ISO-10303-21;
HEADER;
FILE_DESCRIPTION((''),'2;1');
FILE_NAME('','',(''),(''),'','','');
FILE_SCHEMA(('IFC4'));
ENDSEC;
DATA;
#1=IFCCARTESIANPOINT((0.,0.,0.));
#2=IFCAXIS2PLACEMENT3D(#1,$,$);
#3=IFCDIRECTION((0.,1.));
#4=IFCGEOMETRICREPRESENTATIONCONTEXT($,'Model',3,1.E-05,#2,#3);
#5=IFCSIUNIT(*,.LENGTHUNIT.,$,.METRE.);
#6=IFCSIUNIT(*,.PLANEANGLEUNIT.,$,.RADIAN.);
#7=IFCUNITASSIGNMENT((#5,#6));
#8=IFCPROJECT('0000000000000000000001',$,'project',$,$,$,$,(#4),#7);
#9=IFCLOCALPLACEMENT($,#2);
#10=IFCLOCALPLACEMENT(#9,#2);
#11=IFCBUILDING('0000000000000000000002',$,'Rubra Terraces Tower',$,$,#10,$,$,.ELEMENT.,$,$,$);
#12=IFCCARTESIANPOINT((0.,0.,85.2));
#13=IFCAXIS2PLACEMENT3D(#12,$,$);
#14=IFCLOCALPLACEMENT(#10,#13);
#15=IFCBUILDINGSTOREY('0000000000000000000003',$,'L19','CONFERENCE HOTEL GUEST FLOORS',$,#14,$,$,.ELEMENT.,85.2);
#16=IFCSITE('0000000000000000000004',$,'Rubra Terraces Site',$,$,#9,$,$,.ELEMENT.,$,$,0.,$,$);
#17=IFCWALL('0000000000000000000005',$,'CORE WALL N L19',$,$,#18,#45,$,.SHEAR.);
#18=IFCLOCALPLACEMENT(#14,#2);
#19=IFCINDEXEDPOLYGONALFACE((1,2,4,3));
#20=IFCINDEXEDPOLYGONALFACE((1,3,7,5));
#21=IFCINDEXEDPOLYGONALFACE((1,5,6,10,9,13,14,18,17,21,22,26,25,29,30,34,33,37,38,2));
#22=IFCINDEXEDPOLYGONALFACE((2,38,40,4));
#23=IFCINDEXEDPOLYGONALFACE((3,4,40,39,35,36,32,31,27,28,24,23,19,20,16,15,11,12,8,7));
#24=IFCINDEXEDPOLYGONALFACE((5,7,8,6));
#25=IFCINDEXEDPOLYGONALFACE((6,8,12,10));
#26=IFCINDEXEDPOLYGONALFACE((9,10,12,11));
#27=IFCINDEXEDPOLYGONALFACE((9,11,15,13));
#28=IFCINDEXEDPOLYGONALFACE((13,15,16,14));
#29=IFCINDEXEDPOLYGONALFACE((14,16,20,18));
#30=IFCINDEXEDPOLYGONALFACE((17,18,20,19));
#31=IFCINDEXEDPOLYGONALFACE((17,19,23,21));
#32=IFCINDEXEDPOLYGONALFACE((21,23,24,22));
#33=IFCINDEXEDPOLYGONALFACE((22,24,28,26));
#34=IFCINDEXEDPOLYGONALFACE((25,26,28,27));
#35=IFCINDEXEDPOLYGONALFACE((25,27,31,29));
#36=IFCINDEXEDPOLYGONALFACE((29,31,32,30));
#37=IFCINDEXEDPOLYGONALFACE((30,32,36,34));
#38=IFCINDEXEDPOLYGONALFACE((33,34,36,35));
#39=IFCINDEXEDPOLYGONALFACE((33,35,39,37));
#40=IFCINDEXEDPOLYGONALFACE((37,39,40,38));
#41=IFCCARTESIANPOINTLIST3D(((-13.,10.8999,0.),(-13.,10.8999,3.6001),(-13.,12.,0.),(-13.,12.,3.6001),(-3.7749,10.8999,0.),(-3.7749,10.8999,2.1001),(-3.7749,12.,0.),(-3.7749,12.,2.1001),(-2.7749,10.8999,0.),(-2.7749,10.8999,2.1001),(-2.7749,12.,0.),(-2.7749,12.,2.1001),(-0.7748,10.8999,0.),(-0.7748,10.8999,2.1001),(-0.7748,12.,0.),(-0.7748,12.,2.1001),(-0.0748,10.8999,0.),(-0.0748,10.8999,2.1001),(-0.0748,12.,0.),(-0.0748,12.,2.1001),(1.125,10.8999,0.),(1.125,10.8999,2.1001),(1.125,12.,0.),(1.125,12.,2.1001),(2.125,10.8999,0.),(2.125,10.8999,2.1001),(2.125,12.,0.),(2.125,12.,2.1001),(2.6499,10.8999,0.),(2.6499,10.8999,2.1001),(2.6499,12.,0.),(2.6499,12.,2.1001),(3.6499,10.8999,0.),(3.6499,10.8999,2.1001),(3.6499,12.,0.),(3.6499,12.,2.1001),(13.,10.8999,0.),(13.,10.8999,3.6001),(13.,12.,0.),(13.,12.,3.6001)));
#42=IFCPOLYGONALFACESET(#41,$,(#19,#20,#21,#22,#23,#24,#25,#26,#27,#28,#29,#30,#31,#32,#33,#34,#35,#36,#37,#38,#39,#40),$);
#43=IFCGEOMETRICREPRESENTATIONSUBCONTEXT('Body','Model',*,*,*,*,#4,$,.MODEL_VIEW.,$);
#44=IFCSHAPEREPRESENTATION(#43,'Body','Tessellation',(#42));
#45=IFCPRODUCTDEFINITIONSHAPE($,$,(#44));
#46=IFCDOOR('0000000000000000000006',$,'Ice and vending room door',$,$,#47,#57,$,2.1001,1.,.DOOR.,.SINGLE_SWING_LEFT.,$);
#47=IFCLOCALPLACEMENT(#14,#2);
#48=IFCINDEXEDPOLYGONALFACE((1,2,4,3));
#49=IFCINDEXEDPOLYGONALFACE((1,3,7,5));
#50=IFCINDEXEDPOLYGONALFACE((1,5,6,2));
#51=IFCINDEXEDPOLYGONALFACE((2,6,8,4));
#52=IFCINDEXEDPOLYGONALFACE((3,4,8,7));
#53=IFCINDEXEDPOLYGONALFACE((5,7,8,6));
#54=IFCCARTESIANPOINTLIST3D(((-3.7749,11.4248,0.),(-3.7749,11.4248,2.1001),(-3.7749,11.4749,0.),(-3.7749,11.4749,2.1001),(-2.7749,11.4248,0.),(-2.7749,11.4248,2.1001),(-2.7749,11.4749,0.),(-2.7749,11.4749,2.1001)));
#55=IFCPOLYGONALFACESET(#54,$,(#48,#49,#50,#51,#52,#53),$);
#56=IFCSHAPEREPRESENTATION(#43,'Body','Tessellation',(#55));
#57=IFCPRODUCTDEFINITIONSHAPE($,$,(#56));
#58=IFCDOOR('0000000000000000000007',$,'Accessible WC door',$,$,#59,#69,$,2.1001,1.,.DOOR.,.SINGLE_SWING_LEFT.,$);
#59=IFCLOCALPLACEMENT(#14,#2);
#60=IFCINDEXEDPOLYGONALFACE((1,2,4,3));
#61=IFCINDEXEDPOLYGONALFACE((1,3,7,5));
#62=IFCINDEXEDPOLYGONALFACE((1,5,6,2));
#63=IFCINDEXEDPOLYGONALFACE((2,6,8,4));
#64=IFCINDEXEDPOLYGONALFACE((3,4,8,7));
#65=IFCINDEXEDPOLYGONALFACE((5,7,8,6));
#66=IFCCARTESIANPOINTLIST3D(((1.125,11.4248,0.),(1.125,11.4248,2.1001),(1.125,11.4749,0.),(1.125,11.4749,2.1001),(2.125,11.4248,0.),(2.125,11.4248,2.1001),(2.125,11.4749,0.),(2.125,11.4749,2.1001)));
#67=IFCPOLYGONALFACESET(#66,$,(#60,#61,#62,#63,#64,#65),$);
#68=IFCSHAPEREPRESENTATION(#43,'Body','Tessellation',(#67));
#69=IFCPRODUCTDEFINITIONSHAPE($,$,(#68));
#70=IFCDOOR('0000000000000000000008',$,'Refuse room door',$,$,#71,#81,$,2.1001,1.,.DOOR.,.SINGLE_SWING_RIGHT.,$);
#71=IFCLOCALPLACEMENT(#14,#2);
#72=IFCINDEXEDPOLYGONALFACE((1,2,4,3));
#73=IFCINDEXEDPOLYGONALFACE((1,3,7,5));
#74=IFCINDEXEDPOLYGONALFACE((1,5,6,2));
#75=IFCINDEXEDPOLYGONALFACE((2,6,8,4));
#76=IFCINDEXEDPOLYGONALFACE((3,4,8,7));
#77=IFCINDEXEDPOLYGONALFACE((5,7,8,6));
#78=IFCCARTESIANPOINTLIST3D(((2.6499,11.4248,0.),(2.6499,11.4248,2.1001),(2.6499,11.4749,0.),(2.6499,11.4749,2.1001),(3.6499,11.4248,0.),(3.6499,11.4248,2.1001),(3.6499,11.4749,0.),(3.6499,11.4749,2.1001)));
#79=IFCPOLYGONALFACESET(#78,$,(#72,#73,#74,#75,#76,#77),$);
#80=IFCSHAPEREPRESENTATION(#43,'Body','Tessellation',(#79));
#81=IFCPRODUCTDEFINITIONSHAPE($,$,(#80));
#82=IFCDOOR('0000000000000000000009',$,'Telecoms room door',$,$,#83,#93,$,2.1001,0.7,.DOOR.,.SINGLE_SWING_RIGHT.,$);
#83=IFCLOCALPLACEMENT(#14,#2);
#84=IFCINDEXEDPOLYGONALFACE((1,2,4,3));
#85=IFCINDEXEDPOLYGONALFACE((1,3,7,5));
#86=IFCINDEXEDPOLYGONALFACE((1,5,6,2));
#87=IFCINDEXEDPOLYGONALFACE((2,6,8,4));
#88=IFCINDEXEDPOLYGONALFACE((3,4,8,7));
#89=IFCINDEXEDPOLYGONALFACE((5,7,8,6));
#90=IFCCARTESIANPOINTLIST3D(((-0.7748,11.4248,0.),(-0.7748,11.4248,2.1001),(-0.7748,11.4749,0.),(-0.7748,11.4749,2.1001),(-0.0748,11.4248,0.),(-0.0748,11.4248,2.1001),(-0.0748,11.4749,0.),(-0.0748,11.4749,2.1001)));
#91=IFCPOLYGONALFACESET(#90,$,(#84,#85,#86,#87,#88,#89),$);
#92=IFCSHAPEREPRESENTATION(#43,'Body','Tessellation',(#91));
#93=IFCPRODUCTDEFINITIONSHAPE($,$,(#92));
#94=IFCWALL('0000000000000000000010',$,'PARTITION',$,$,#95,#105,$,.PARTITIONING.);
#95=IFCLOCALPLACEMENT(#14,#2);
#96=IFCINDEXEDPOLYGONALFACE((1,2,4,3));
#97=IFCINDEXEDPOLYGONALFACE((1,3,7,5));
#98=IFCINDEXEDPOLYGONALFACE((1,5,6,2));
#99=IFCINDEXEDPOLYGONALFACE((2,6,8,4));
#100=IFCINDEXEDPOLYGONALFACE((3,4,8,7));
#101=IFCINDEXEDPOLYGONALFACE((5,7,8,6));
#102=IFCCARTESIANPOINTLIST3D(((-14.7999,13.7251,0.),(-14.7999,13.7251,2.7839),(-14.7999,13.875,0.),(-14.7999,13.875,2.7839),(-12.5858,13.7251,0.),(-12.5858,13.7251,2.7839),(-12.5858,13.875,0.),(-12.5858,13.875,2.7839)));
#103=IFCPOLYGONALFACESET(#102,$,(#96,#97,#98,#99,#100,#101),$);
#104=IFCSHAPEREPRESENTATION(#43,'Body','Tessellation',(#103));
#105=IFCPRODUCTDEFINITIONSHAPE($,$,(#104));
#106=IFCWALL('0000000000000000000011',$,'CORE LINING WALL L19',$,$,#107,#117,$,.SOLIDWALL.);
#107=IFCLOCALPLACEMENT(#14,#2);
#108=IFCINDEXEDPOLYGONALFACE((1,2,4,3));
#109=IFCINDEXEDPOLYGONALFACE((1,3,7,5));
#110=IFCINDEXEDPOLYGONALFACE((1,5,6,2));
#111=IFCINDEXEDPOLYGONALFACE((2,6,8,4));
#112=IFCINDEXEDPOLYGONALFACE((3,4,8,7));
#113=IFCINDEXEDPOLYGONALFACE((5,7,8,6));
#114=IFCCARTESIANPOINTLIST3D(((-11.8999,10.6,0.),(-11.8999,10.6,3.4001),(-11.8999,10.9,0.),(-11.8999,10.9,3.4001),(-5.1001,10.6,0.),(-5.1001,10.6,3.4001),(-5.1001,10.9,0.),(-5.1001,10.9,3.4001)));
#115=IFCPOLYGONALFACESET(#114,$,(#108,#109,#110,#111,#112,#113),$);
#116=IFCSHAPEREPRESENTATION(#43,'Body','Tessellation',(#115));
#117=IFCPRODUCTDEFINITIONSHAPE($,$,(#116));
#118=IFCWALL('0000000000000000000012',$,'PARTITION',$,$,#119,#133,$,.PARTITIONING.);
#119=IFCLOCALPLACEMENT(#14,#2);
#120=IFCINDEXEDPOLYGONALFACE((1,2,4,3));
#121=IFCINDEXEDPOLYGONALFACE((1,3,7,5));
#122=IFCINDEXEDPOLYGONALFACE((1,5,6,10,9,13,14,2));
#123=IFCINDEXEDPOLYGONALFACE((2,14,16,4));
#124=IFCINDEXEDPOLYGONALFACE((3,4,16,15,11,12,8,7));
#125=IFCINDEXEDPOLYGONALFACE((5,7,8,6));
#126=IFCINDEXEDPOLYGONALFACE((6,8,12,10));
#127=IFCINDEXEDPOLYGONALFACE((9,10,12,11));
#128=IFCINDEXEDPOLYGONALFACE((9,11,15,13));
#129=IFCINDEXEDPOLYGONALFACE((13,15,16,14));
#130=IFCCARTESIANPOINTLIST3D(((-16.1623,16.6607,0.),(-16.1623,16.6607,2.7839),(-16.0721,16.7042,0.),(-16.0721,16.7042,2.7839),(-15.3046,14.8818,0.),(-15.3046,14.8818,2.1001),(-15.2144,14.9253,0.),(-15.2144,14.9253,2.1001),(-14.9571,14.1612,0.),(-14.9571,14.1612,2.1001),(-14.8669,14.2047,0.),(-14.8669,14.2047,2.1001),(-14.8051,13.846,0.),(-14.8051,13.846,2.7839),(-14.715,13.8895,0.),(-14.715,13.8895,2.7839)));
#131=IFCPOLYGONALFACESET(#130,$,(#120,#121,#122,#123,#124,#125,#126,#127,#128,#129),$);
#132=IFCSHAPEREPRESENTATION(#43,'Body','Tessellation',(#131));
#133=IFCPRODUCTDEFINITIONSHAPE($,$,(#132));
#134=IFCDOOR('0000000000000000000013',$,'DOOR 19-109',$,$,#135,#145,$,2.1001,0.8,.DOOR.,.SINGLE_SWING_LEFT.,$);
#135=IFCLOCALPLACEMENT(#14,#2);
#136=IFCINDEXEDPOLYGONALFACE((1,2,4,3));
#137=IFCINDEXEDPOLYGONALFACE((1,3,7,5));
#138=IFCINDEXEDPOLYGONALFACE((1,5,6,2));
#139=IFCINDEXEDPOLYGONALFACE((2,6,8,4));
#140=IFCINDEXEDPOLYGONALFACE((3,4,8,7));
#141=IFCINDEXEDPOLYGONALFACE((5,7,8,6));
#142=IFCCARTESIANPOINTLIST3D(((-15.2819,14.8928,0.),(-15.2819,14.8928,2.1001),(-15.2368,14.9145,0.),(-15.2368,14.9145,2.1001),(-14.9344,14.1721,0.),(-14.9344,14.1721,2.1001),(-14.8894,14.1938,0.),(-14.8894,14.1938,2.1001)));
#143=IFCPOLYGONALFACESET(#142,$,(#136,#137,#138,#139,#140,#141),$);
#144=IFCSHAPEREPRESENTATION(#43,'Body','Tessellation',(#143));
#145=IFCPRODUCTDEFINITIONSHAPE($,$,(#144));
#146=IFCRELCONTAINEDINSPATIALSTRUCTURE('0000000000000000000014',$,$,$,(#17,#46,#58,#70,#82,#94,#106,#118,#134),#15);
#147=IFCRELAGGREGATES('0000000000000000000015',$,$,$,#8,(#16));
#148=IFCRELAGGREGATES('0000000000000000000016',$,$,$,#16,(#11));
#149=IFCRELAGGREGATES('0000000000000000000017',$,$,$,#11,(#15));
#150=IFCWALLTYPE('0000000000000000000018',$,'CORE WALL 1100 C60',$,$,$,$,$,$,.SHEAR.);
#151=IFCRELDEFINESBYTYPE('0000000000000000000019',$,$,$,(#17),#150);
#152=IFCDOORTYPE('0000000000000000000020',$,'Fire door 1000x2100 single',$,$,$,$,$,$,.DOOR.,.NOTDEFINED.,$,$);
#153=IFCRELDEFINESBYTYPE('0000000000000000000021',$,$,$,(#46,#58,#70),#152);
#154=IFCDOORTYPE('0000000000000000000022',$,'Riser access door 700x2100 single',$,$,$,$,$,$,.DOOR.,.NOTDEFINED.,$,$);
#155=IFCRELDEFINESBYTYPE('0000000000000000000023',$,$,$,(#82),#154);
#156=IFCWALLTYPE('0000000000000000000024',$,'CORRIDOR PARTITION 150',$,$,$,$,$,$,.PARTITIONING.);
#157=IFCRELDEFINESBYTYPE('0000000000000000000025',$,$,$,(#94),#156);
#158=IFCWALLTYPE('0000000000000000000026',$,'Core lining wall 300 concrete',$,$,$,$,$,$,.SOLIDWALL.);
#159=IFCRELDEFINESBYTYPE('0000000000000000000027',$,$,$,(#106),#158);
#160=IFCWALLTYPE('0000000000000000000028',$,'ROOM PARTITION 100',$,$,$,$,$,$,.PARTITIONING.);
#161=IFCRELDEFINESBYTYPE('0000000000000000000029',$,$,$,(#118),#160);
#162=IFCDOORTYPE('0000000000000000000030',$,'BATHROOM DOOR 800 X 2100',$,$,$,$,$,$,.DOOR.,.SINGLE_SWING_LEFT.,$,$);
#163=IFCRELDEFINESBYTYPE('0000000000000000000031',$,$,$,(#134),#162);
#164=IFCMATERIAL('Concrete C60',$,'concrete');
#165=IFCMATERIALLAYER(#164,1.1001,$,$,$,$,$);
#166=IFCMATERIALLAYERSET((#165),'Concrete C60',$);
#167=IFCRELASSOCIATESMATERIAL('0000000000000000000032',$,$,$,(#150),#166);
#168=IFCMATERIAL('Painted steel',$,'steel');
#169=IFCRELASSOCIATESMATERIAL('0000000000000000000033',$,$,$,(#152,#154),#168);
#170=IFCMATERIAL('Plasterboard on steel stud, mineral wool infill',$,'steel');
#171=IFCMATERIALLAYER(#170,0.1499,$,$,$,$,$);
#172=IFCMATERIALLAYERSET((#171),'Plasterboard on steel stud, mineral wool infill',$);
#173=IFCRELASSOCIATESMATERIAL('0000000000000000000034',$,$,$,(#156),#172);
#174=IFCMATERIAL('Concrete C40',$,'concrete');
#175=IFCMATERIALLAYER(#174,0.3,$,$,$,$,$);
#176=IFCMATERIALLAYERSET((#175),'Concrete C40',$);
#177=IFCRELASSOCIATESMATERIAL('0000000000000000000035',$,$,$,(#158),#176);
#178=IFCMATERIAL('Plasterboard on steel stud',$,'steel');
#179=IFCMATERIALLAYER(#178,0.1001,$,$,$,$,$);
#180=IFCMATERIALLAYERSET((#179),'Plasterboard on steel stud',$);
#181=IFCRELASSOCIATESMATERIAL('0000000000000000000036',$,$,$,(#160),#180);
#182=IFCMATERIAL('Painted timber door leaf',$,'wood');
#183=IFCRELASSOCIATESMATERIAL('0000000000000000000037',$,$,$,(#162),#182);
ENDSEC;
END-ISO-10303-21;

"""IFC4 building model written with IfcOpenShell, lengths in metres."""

from ifc_helpers import new_model, si_unit, direction, frame, frame_2d, origin, place, context, subcontext, project, spatial, rectangle, extrude, material, layer, layer_set, type_object, element, fill, save


model = new_model("IFC4")

# Units and contexts
model_context = context("Model", 3, precision=1e-05, world=origin(), true_north=direction((0.0, 1.0)))
body_context = subcontext(model_context, "Body", "Model", "MODEL_VIEW")
ifc_project = project(units=[si_unit("LENGTHUNIT", "METRE"), si_unit("PLANEANGLEUNIT", "RADIAN")], contexts=[model_context])

# Site, building, storey
site_placement = place(None, origin())
site = spatial("IfcSite", under=ifc_project, at=site_placement, Name="Rubra Terraces Site", CompositionType="ELEMENT", RefElevation=0.0)
building_placement = place(site_placement, origin())
building = spatial("IfcBuilding", under=site, at=building_placement, Name="Rubra Terraces Tower", CompositionType="ELEMENT")
storey_placement = place(building_placement, frame((0.0, 0.0, 85.2)))
storey = spatial("IfcBuildingStorey", under=building, at=storey_placement, Name="L19", Description="CONFERENCE HOTEL GUEST FLOORS", CompositionType="ELEMENT", Elevation=85.2)

# Shared definitions
ifc_material_1 = material(Name="Concrete C60", Category="concrete")

# Wall, openings, doors
ifc_layer_1 = layer(ifc_material_1, 1.1001)
ifc_layer_set_1 = layer_set([ifc_layer_1], Name="Concrete C60")
wall_type_1 = type_object("IfcWallType", Name="CORE WALL 1100 C60", PredefinedType="SHEAR", material=ifc_layer_set_1)
wall_1_placement = place(storey_placement, frame((-13.0, 11.45, 0.0), z_axis=(0.0, 0.0, 1.0), x_axis=(1.0, 0.0, 0.0)))
wall_1 = element("IfcWall", 1, at=wall_1_placement, inside=storey, type_object=wall_type_1, Name="CORE WALL N L19", PredefinedType="SHEAR", context=body_context, shape_type="SweptSolid", body=[
    extrude(rectangle(XDim=26.0, YDim=1.1001, at=frame_2d((13.0, 0.0))), origin(), (0.0, 0.0, 1.0), 3.6001),
])
opening_1_placement = place(wall_1_placement, frame((9.2251, 0.0, 0.0)))
opening_1 = element("IfcOpeningElement", 2, at=opening_1_placement, cuts=wall_1, PredefinedType="OPENING", context=body_context, shape_type="SweptSolid", body=[
    extrude(rectangle(XDim=1.0, YDim=2.1001, at=frame_2d((0.5, 1.05))), frame((0.0, 0.5601, 0.0), z_axis=(0.0, -1.0, 0.0), x_axis=(1.0, 0.0, 0.0)), (0.0, 0.0, 1.0), 1.1201),
])
opening_2_placement = place(wall_1_placement, frame((12.2251, 0.0, 0.0)))
opening_2 = element("IfcOpeningElement", 3, at=opening_2_placement, cuts=wall_1, PredefinedType="OPENING", context=body_context, shape_type="SweptSolid", body=[
    extrude(rectangle(XDim=0.7, YDim=2.1001, at=frame_2d((0.3501, 1.05))), frame((0.0, 0.5601, 0.0), z_axis=(0.0, -1.0, 0.0), x_axis=(1.0, 0.0, 0.0)), (0.0, 0.0, 1.0), 1.1201),
])
opening_3_placement = place(wall_1_placement, frame((14.125, 0.0, 0.0)))
opening_3 = element("IfcOpeningElement", 4, at=opening_3_placement, cuts=wall_1, PredefinedType="OPENING", context=body_context, shape_type="SweptSolid", body=[
    extrude(rectangle(XDim=1.0, YDim=2.1001, at=frame_2d((0.5, 1.05))), frame((0.0, 0.5601, 0.0), z_axis=(0.0, -1.0, 0.0), x_axis=(1.0, 0.0, 0.0)), (0.0, 0.0, 1.0), 1.1201),
])
opening_4_placement = place(wall_1_placement, frame((15.6499, 0.0, 0.0)))
opening_4 = element("IfcOpeningElement", 5, at=opening_4_placement, cuts=wall_1, PredefinedType="OPENING", context=body_context, shape_type="SweptSolid", body=[
    extrude(rectangle(XDim=1.0, YDim=2.1001, at=frame_2d((0.5, 1.05))), frame((0.0, 0.5601, 0.0), z_axis=(0.0, -1.0, 0.0), x_axis=(1.0, 0.0, 0.0)), (0.0, 0.0, 1.0), 1.1201),
])
ifc_material_2 = material(Name="Painted steel", Category="steel")
door_type_1 = type_object("IfcDoorType", Name="Fire door 1000x2100 single", OperationType="NOTDEFINED", PredefinedType="DOOR", material=ifc_material_2)
door_1_placement = place(opening_1_placement, origin())
door_1 = element("IfcDoor", 6, at=door_1_placement, inside=storey, type_object=door_type_1, Name="Ice and vending room door", OperationType="SINGLE_SWING_LEFT", OverallHeight=2.1001, OverallWidth=1.0, PredefinedType="DOOR", context=body_context, shape_type="SweptSolid", body=[
    extrude(rectangle(XDim=1.0, YDim=2.1001, at=frame_2d((0.5, 1.05))), frame((0.0, 0.0249, 0.0), z_axis=(0.0, -1.0, 0.0), x_axis=(1.0, 0.0, 0.0)), (0.0, 0.0, 1.0), 0.05),
])
fill(opening_1, door_1)
door_2_placement = place(opening_3_placement, origin())
door_2 = element("IfcDoor", 7, at=door_2_placement, inside=storey, type_object=door_type_1, Name="Accessible WC door", OperationType="SINGLE_SWING_LEFT", OverallHeight=2.1001, OverallWidth=1.0, PredefinedType="DOOR", context=body_context, shape_type="SweptSolid", body=[
    extrude(rectangle(XDim=1.0, YDim=2.1001, at=frame_2d((0.5, 1.05))), frame((0.0, 0.0249, 0.0), z_axis=(0.0, -1.0, 0.0), x_axis=(1.0, 0.0, 0.0)), (0.0, 0.0, 1.0), 0.05),
])
fill(opening_3, door_2)
door_3_placement = place(opening_4_placement, origin())
door_3 = element("IfcDoor", 8, at=door_3_placement, inside=storey, type_object=door_type_1, Name="Refuse room door", OperationType="SINGLE_SWING_RIGHT", OverallHeight=2.1001, OverallWidth=1.0, PredefinedType="DOOR", context=body_context, shape_type="SweptSolid", body=[
    extrude(rectangle(XDim=1.0, YDim=2.1001, at=frame_2d((0.5, 1.05))), frame((0.0, 0.0249, 0.0), z_axis=(0.0, -1.0, 0.0), x_axis=(1.0, 0.0, 0.0)), (0.0, 0.0, 1.0), 0.05),
])
fill(opening_4, door_3)
door_type_2 = type_object("IfcDoorType", Name="Riser access door 700x2100 single", OperationType="NOTDEFINED", PredefinedType="DOOR", material=ifc_material_2)
door_4_placement = place(opening_2_placement, origin())
door_4 = element("IfcDoor", 9, at=door_4_placement, inside=storey, type_object=door_type_2, Name="Telecoms room door", OperationType="SINGLE_SWING_RIGHT", OverallHeight=2.1001, OverallWidth=0.7, PredefinedType="DOOR", context=body_context, shape_type="SweptSolid", body=[
    extrude(rectangle(XDim=0.7, YDim=2.1001, at=frame_2d((0.3501, 1.05))), frame((0.0, 0.0249, 0.0), z_axis=(0.0, -1.0, 0.0), x_axis=(1.0, 0.0, 0.0)), (0.0, 0.0, 1.0), 0.05),
])
fill(opening_2, door_4)

# Walls
ifc_material_3 = material(Name="Plasterboard on steel stud, mineral wool infill", Category="steel")
ifc_layer_2 = layer(ifc_material_3, 0.1499)
ifc_layer_set_2 = layer_set([ifc_layer_2], Name="Plasterboard on steel stud, mineral wool infill")
wall_type_2 = type_object("IfcWallType", Name="CORRIDOR PARTITION 150", PredefinedType="PARTITIONING", material=ifc_layer_set_2)
wall_2_placement = place(storey_placement, frame((-12.5859, 13.8, 0.0), z_axis=(0.0, 0.0, 1.0), x_axis=(-1.0, 0.0, 0.0)))
element("IfcWall", 10, at=wall_2_placement, inside=storey, type_object=wall_type_2, Name="PARTITION", PredefinedType="PARTITIONING", context=body_context, shape_type="SweptSolid", body=[
    extrude(rectangle(XDim=2.2141, YDim=0.1499, at=frame_2d((1.1069, 0.0))), origin(), (0.0, 0.0, 1.0), 2.7839),
])
ifc_material_4 = material(Name="Concrete C40", Category="concrete")
ifc_layer_3 = layer(ifc_material_4, 0.3)
ifc_layer_set_3 = layer_set([ifc_layer_3], Name="Concrete C40")
wall_type_3 = type_object("IfcWallType", Name="Core lining wall 300 concrete", PredefinedType="SOLIDWALL", material=ifc_layer_set_3)
wall_3_placement = place(storey_placement, frame((-11.8999, 10.75, 0.0), z_axis=(0.0, 0.0, 1.0), x_axis=(1.0, 0.0, 0.0)))
element("IfcWall", 11, at=wall_3_placement, inside=storey, type_object=wall_type_3, Name="CORE LINING WALL L19", PredefinedType="SOLIDWALL", context=body_context, shape_type="SweptSolid", body=[
    extrude(rectangle(XDim=6.7998, YDim=0.3, at=frame_2d((3.3999, 0.0))), origin(), (0.0, 0.0, 1.0), 3.4001),
])

# Wall, opening, door
ifc_material_5 = material(Name="Plasterboard on steel stud", Category="steel")
ifc_layer_4 = layer(ifc_material_5, 0.1001)
ifc_layer_set_4 = layer_set([ifc_layer_4], Name="Plasterboard on steel stud")
wall_type_4 = type_object("IfcWallType", Name="ROOM PARTITION 100", PredefinedType="PARTITIONING", material=ifc_layer_set_4)
wall_4_placement = place(storey_placement, frame((-14.76, 13.8677, 0.0), z_axis=(0.0, 0.0, 1.0), x_axis=(-0.434323, 0.900757, 0.0)))
wall_4 = element("IfcWall", 12, at=wall_4_placement, inside=storey, type_object=wall_type_4, Name="PARTITION", PredefinedType="PARTITIONING", context=body_context, shape_type="SweptSolid", body=[
    extrude(rectangle(XDim=3.1248, YDim=0.1001, at=frame_2d((1.5625, 0.0))), origin(), (0.0, 0.0, 1.0), 2.7839),
])
opening_5_placement = place(wall_4_placement, frame((0.3501, 0.0, 0.0)))
opening_5 = element("IfcOpeningElement", 13, at=opening_5_placement, cuts=wall_4, PredefinedType="OPENING", context=body_context, shape_type="SweptSolid", body=[
    extrude(rectangle(XDim=0.8, YDim=2.1001, at=frame_2d((0.3999, 1.05))), frame((0.0, 0.0601, 0.0), z_axis=(0.0, -1.0, 0.0), x_axis=(1.0, 0.0, 0.0)), (0.0, 0.0, 1.0), 0.1201),
])
ifc_material_6 = material(Name="Painted timber door leaf", Category="wood")
door_type_3 = type_object("IfcDoorType", Name="BATHROOM DOOR 800 X 2100", OperationType="SINGLE_SWING_LEFT", PredefinedType="DOOR", material=ifc_material_6)
door_5_placement = place(opening_5_placement, origin())
door_5 = element("IfcDoor", 14, at=door_5_placement, inside=storey, type_object=door_type_3, Name="DOOR 19-109", OperationType="SINGLE_SWING_LEFT", OverallHeight=2.1001, OverallWidth=0.8, PredefinedType="DOOR", context=body_context, shape_type="SweptSolid", body=[
    extrude(rectangle(XDim=0.8, YDim=2.1001, at=frame_2d((0.3999, 1.05))), frame((0.0, 0.0249, 0.0), z_axis=(0.0, -1.0, 0.0), x_axis=(1.0, 0.0, 0.0)), (0.0, 0.0, 1.0), 0.05),
])
fill(opening_5, door_5)

save(model, "model.ifc")
